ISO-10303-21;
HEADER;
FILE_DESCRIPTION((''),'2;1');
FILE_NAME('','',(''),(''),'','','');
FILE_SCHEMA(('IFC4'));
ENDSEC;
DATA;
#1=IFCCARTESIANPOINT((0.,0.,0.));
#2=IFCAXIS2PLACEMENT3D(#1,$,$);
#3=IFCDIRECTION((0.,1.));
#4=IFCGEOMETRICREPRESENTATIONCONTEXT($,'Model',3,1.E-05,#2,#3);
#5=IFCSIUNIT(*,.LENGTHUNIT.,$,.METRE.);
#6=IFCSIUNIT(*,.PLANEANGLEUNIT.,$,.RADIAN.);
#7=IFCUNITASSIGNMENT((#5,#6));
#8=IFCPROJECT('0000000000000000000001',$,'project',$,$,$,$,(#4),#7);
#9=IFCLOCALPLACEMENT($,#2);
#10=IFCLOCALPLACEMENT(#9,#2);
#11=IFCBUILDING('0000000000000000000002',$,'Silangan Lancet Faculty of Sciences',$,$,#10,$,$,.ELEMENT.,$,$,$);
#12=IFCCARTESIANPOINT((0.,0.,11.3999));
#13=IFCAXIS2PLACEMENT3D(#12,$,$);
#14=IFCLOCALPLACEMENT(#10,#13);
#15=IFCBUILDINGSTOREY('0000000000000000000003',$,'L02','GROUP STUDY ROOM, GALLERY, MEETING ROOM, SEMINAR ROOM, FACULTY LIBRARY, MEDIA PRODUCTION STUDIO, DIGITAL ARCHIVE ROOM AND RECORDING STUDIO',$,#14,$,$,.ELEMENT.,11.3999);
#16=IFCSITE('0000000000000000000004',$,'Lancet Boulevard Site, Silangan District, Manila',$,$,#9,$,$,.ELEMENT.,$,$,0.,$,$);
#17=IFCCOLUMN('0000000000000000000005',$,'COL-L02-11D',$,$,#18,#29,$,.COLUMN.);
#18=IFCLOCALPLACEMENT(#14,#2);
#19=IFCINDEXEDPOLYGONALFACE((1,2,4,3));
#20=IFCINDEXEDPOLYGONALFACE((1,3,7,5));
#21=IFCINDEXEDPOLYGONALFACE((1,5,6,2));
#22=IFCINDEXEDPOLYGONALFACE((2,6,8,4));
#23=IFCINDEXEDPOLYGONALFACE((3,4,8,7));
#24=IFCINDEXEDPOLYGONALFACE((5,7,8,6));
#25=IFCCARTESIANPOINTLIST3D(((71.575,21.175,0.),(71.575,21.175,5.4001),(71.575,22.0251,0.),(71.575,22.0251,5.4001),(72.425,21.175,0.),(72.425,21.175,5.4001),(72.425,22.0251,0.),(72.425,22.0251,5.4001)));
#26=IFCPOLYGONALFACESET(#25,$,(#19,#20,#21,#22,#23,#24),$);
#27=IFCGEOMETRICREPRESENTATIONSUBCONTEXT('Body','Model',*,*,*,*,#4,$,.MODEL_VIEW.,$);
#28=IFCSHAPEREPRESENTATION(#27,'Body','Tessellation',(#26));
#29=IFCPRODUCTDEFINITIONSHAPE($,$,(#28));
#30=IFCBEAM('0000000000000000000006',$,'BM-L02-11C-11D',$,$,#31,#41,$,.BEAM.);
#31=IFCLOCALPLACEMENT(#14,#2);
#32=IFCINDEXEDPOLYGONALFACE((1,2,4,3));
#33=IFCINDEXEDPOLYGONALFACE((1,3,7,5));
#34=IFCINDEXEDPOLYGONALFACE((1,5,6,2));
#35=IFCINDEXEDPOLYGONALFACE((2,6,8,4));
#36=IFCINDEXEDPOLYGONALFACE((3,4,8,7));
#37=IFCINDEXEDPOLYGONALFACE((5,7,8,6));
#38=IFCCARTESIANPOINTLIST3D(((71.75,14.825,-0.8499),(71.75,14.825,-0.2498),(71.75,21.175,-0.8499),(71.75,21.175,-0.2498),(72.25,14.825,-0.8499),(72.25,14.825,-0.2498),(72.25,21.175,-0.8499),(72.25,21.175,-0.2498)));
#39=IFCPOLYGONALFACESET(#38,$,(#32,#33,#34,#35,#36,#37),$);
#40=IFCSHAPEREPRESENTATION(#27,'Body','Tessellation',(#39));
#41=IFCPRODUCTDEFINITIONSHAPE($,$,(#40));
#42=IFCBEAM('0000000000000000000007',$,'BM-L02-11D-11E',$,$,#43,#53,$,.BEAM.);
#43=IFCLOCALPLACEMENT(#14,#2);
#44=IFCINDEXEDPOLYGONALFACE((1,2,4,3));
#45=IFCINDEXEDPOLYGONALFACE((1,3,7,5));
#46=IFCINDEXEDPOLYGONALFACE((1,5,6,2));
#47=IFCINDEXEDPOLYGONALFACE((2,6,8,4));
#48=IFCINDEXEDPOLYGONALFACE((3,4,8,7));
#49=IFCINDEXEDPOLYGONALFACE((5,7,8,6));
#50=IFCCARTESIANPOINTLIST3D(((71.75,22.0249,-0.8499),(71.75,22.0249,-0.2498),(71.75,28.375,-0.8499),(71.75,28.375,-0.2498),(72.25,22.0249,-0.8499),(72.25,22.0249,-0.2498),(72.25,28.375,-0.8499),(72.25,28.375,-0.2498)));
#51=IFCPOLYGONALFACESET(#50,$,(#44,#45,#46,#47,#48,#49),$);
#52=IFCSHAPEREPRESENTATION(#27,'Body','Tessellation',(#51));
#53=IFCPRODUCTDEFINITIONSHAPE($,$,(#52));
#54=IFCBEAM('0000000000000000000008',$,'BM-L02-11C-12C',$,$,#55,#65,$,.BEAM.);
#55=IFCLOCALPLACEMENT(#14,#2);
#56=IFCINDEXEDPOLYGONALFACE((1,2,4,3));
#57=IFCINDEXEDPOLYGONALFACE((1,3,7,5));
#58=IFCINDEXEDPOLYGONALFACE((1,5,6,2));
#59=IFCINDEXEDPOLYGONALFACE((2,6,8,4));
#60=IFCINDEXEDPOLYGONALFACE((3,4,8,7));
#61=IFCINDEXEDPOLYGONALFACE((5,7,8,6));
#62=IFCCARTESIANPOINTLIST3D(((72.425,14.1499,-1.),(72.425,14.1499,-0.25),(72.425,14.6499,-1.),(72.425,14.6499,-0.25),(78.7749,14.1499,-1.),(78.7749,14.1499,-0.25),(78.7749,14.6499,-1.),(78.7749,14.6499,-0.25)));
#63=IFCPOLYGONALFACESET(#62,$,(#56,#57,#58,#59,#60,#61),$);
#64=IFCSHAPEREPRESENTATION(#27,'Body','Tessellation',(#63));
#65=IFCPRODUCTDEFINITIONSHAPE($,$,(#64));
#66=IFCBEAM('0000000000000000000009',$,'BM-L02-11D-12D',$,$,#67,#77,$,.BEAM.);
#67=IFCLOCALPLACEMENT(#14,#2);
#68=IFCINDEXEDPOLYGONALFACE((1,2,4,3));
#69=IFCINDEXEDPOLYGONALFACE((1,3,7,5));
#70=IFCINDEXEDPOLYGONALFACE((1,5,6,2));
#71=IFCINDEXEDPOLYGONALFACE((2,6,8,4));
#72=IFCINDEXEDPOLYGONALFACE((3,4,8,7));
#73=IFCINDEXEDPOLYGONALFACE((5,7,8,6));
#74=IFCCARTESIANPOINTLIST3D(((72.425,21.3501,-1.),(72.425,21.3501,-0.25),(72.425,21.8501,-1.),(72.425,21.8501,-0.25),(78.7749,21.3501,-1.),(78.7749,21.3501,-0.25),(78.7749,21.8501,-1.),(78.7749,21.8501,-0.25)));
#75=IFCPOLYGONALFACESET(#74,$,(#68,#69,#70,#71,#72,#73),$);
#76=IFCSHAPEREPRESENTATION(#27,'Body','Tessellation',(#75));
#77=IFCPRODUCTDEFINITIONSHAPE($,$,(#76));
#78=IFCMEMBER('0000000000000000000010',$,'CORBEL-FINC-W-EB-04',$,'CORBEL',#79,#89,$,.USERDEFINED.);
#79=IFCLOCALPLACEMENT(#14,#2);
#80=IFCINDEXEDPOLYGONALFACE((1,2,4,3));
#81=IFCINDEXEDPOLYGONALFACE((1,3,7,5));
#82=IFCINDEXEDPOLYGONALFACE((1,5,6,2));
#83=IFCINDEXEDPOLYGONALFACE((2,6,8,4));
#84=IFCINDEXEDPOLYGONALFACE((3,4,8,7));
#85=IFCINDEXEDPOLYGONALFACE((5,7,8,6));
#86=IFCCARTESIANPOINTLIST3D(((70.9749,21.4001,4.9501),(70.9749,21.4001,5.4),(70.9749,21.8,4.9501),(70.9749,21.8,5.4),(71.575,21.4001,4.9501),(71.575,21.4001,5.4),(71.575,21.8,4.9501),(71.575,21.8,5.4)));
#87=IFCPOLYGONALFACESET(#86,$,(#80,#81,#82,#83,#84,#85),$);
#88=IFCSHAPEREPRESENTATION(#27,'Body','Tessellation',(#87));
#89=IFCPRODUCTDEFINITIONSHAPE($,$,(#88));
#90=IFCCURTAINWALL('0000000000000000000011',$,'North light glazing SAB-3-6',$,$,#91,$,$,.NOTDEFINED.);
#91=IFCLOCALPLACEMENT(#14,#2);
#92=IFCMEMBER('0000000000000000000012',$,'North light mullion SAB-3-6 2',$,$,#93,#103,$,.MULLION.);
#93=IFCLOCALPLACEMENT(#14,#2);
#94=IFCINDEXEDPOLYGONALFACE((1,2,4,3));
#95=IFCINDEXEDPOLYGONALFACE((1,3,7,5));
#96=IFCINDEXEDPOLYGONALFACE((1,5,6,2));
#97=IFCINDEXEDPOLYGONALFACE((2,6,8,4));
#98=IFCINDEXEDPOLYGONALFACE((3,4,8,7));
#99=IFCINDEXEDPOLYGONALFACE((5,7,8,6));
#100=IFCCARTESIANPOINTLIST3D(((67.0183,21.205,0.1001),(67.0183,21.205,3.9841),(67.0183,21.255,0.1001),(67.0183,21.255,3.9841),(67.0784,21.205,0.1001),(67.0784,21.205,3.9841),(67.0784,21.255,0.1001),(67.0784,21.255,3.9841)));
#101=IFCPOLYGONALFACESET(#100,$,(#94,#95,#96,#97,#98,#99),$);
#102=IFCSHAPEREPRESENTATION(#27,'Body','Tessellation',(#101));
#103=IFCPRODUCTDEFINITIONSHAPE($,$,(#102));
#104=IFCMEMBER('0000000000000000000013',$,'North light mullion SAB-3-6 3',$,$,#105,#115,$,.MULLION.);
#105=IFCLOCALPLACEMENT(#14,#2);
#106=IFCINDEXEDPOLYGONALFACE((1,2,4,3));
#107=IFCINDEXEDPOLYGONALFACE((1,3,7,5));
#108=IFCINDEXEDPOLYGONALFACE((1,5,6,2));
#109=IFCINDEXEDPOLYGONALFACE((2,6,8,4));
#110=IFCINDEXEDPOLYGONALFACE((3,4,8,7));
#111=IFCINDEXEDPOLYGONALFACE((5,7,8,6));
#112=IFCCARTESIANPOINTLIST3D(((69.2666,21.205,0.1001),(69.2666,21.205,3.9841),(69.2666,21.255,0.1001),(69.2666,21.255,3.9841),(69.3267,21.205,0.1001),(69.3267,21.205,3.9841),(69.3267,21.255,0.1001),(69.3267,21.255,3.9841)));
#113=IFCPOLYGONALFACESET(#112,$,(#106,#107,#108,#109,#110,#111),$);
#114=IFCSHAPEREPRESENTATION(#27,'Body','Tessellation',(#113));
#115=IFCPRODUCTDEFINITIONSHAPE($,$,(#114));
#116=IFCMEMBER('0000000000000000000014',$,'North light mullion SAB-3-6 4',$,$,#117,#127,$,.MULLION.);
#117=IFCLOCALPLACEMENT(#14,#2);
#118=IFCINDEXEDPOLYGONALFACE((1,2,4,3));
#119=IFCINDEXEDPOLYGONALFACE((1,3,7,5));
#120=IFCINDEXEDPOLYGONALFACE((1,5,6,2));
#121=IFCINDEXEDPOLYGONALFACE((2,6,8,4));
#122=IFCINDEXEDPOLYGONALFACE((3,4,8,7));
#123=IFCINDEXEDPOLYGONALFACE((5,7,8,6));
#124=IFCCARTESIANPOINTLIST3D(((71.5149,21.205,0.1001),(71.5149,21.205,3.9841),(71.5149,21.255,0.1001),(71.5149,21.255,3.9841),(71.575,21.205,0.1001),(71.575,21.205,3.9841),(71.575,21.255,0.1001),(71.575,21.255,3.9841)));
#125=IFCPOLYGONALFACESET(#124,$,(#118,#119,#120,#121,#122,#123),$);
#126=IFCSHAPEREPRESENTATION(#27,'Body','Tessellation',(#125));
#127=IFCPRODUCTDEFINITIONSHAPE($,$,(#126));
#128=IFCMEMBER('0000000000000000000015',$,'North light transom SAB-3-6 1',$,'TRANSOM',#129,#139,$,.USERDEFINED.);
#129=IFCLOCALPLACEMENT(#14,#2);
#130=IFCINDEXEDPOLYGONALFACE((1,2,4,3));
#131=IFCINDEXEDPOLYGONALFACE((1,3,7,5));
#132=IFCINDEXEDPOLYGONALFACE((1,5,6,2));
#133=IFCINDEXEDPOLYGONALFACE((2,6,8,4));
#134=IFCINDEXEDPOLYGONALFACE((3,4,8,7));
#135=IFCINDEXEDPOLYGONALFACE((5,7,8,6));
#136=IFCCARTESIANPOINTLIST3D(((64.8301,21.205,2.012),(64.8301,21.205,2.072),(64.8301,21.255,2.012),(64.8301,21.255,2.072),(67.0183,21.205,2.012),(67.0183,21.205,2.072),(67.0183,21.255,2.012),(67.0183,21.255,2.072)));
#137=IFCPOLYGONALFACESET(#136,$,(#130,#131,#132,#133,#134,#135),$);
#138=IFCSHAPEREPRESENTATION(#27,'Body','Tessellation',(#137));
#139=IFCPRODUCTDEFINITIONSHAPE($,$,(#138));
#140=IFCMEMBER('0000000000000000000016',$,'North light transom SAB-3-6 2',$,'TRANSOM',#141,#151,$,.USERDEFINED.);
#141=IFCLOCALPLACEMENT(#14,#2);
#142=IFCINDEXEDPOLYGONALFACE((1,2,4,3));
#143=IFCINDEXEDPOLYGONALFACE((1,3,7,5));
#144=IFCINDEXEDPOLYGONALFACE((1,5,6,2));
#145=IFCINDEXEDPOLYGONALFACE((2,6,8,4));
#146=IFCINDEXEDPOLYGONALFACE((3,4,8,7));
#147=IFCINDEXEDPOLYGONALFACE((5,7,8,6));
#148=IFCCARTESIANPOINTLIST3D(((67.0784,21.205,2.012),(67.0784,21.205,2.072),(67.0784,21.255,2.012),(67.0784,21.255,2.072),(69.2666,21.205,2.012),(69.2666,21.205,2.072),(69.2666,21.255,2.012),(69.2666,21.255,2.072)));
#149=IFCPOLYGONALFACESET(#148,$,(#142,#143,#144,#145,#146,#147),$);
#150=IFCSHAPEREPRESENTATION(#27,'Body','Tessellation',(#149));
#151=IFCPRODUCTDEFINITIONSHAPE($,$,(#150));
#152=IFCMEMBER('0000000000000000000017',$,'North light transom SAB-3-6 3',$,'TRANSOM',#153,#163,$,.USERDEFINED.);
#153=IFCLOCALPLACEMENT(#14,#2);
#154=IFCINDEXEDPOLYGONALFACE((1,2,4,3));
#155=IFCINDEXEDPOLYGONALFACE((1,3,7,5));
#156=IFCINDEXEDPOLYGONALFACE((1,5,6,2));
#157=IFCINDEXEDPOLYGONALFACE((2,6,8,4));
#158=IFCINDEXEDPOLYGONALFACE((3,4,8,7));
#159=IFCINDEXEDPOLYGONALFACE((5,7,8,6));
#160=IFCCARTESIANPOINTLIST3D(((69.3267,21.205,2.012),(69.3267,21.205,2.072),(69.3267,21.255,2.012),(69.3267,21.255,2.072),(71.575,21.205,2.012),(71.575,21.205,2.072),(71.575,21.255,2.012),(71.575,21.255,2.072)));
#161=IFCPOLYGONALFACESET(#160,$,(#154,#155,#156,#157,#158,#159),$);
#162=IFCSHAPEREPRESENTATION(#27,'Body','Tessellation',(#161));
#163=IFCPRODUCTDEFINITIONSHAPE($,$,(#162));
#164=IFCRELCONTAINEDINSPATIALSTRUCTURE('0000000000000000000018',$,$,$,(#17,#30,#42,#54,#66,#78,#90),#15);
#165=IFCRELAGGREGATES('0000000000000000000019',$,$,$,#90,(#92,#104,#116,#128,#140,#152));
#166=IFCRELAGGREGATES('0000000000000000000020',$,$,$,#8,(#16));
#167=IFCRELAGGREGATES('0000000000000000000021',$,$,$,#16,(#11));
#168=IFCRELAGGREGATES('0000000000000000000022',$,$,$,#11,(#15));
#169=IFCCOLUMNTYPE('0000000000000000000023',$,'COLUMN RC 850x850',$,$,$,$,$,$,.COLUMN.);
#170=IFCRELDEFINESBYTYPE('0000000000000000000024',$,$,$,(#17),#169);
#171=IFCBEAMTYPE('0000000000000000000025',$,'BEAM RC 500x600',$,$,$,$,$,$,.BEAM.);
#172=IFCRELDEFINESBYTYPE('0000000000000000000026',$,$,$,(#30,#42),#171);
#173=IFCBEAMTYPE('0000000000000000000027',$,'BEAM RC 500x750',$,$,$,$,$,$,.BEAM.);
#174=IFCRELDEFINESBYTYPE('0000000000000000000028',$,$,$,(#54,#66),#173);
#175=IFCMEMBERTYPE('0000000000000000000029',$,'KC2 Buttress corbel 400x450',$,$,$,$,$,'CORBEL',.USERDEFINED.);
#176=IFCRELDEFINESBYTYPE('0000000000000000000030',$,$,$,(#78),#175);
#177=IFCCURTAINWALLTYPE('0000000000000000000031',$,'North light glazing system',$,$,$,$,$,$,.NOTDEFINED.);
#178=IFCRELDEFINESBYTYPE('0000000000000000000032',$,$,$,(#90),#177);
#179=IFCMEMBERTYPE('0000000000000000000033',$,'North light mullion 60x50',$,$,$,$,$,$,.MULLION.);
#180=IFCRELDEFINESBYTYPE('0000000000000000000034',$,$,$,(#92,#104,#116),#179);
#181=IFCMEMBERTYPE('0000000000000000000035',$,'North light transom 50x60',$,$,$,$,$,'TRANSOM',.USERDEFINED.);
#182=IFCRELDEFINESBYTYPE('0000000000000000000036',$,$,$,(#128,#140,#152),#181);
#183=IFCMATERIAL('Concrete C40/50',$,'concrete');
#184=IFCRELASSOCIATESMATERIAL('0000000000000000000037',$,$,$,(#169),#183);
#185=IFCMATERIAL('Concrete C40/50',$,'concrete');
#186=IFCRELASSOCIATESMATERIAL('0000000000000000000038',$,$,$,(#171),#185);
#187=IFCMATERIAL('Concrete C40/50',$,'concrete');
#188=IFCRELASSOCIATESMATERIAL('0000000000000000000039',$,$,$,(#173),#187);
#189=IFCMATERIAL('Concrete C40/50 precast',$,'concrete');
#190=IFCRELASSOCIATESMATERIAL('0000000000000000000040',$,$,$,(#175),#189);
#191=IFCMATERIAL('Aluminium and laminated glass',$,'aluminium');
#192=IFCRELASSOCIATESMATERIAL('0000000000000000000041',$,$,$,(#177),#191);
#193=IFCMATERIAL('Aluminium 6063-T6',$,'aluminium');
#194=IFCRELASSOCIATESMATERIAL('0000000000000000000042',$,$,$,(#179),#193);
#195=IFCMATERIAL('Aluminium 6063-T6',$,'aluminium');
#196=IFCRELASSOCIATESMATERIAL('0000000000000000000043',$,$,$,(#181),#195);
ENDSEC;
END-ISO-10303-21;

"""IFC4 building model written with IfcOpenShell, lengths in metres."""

from ifc_helpers import new_model, si_unit, direction, frame, origin, origin_2d, place, context, subcontext, project, spatial, rectangle, extrude, material, material_profile, profile_set, type_object, element, aggregate, save


model = new_model("IFC4")

# Units and contexts
model_context = context("Model", 3, precision=1e-05, world=origin(), true_north=direction((0.0, 1.0)))
body_context = subcontext(model_context, "Body", "Model", "MODEL_VIEW")
ifc_project = project(units=[si_unit("LENGTHUNIT", "METRE"), si_unit("PLANEANGLEUNIT", "RADIAN")], contexts=[model_context])

# Site, building, storey
site_placement = place(None, origin())
site = spatial("IfcSite", under=ifc_project, at=site_placement, Name="Lancet Boulevard Site, Silangan District, Manila", CompositionType="ELEMENT", RefElevation=0.0)
building_placement = place(site_placement, origin())
building = spatial("IfcBuilding", under=site, at=building_placement, Name="Silangan Lancet Faculty of Sciences", CompositionType="ELEMENT")
storey_placement = place(building_placement, frame((0.0, 0.0, 11.3999)))
storey = spatial("IfcBuildingStorey", under=building, at=storey_placement, Name="L02", Description="GROUP STUDY ROOM, GALLERY, MEETING ROOM, SEMINAR ROOM, FACULTY LIBRARY, MEDIA PRODUCTION STUDIO, DIGITAL ARCHIVE ROOM AND RECORDING STUDIO", CompositionType="ELEMENT", Elevation=11.3999)

# Column
ifc_material_1 = material(Name="Concrete C40/50", Category="concrete")
ifc_material_profile_1 = material_profile(ifc_material_1, rectangle(XDim=0.8501, YDim=0.8501, at=origin_2d()), Name="RC 850x850")
ifc_profile_set_1 = profile_set([ifc_material_profile_1], Name="Concrete C40/50")
column_type = type_object("IfcColumnType", Name="COLUMN RC 850x850", PredefinedType="COLUMN", material=ifc_profile_set_1)
column_placement = place(storey_placement, frame((72.0, 21.6001, 0.0), z_axis=(0.0, 0.0, 1.0), x_axis=(1.0, 0.0, 0.0)))
element("IfcColumn", 1, at=column_placement, inside=storey, type_object=column_type, Name="COL-L02-11D", PredefinedType="COLUMN", context=body_context, shape_type="SweptSolid", body=[
    extrude(rectangle(XDim=0.8501, YDim=0.8501, at=origin_2d()), origin(), (0.0, 0.0, 1.0), 5.4001),
])

# Beams
ifc_material_2 = material(Name="Concrete C40/50", Category="concrete")
ifc_material_profile_2 = material_profile(ifc_material_2, rectangle(XDim=0.5, YDim=0.6001, at=origin_2d()), Name="RC 500x600")
ifc_profile_set_2 = profile_set([ifc_material_profile_2], Name="Concrete C40/50")
beam_type_1 = type_object("IfcBeamType", Name="BEAM RC 500x600", PredefinedType="BEAM", material=ifc_profile_set_2)
for number, where, z_axis, x_axis, name in (
    (2, (72.0, 14.825, -0.5498), (0.0, 1.0, 0.0), (-1.0, 0.0, 0.0), "BM-L02-11C-11D"),
    (3, (72.0, 22.0249, -0.5498), (0.0, 1.0, 0.0), (-1.0, 0.0, 0.0), "BM-L02-11D-11E"),
):
    element("IfcBeam", number, at=place(storey_placement, frame(where, z_axis=z_axis, x_axis=x_axis)), inside=storey, type_object=beam_type_1, Name=name, PredefinedType="BEAM", context=body_context, shape_type="SweptSolid", body=[
        extrude(rectangle(XDim=0.5, YDim=0.6001, at=origin_2d()), origin(), (0.0, 0.0, 1.0), 6.3501),
    ])
ifc_material_3 = material(Name="Concrete C40/50", Category="concrete")
ifc_material_profile_3 = material_profile(ifc_material_3, rectangle(XDim=0.5, YDim=0.75, at=origin_2d()), Name="RC 500x750")
ifc_profile_set_3 = profile_set([ifc_material_profile_3], Name="Concrete C40/50")
beam_type_2 = type_object("IfcBeamType", Name="BEAM RC 500x750", PredefinedType="BEAM", material=ifc_profile_set_3)
for number, where, z_axis, x_axis, name in (
    (4, (72.425, 14.3999, -0.625), (1.0, 0.0, 0.0), (0.0, 1.0, 0.0), "BM-L02-11C-12C"),
    (5, (72.425, 21.6001, -0.625), (1.0, 0.0, 0.0), (0.0, 1.0, 0.0), "BM-L02-11D-12D"),
):
    element("IfcBeam", number, at=place(storey_placement, frame(where, z_axis=z_axis, x_axis=x_axis)), inside=storey, type_object=beam_type_2, Name=name, PredefinedType="BEAM", context=body_context, shape_type="SweptSolid", body=[
        extrude(rectangle(XDim=0.5, YDim=0.75, at=origin_2d()), origin(), (0.0, 0.0, 1.0), 6.3499),
    ])

# Member
ifc_material_4 = material(Name="Concrete C40/50 precast", Category="concrete")
ifc_material_profile_4 = material_profile(ifc_material_4, rectangle(XDim=0.3999, YDim=0.45, at=origin_2d()), Name="RC 400x450")
ifc_profile_set_4 = profile_set([ifc_material_profile_4], Name="Concrete C40/50 precast")
member_type_1 = type_object("IfcMemberType", Name="KC2 Buttress corbel 400x450", ElementType="CORBEL", PredefinedType="USERDEFINED", material=ifc_profile_set_4)
member_1_placement = place(storey_placement, frame((71.575, 21.6001, 5.175), z_axis=(-1.0, 0.0, 0.0), x_axis=(0.0, -1.0, 0.0)))
element("IfcMember", 6, at=member_1_placement, inside=storey, type_object=member_type_1, Name="CORBEL-FINC-W-EB-04", ObjectType="CORBEL", PredefinedType="USERDEFINED", context=body_context, shape_type="SweptSolid", body=[
    extrude(rectangle(XDim=0.3999, YDim=0.45, at=origin_2d()), origin(), (0.0, 0.0, 1.0), 0.6001),
])

# Curtain wall, members
ifc_material_5 = material(Name="Aluminium and laminated glass", Category="aluminium")
curtain_wall_type = type_object("IfcCurtainWallType", Name="North light glazing system", PredefinedType="NOTDEFINED", material=ifc_material_5)
curtain_wall_placement = place(storey_placement, origin())
curtain_wall = element("IfcCurtainWall", 7, at=curtain_wall_placement, inside=storey, type_object=curtain_wall_type, Name="North light glazing SAB-3-6", PredefinedType="NOTDEFINED")
ifc_material_6 = material(Name="Aluminium 6063-T6", Category="aluminium")
ifc_material_profile_5 = material_profile(ifc_material_6, rectangle(XDim=0.0601, YDim=0.05, at=origin_2d()), Name="AL 60x50")
ifc_profile_set_5 = profile_set([ifc_material_profile_5], Name="Aluminium 6063-T6")
member_type_2 = type_object("IfcMemberType", Name="North light mullion 60x50", PredefinedType="MULLION", material=ifc_profile_set_5)
member_2_placement = place(storey_placement, frame((67.0483, 21.23, 0.1001), z_axis=(0.0, 0.0, 1.0), x_axis=(1.0, 0.0, 0.0)))
member_2 = element("IfcMember", 8, at=member_2_placement, type_object=member_type_2, Name="North light mullion SAB-3-6 2", PredefinedType="MULLION", context=body_context, shape_type="SweptSolid", body=[
    extrude(rectangle(XDim=0.0601, YDim=0.05, at=origin_2d()), origin(), (0.0, 0.0, 1.0), 3.884),
])
member_3_placement = place(storey_placement, frame((69.2966, 21.23, 0.1001), z_axis=(0.0, 0.0, 1.0), x_axis=(1.0, 0.0, 0.0)))
member_3 = element("IfcMember", 9, at=member_3_placement, type_object=member_type_2, Name="North light mullion SAB-3-6 3", PredefinedType="MULLION", context=body_context, shape_type="SweptSolid", body=[
    extrude(rectangle(XDim=0.0601, YDim=0.05, at=origin_2d()), origin(), (0.0, 0.0, 1.0), 3.884),
])
member_4_placement = place(storey_placement, frame((71.5449, 21.23, 0.1001), z_axis=(0.0, 0.0, 1.0), x_axis=(1.0, 0.0, 0.0)))
member_4 = element("IfcMember", 10, at=member_4_placement, type_object=member_type_2, Name="North light mullion SAB-3-6 4", PredefinedType="MULLION", context=body_context, shape_type="SweptSolid", body=[
    extrude(rectangle(XDim=0.0601, YDim=0.05, at=origin_2d()), origin(), (0.0, 0.0, 1.0), 3.884),
])
ifc_material_7 = material(Name="Aluminium 6063-T6", Category="aluminium")
ifc_material_profile_6 = material_profile(ifc_material_7, rectangle(XDim=0.05, YDim=0.0601, at=origin_2d()), Name="AL 50x60")
ifc_profile_set_6 = profile_set([ifc_material_profile_6], Name="Aluminium 6063-T6")
member_type_3 = type_object("IfcMemberType", Name="North light transom 50x60", ElementType="TRANSOM", PredefinedType="USERDEFINED", material=ifc_profile_set_6)
member_5_placement = place(storey_placement, frame((64.8301, 21.23, 2.042), z_axis=(1.0, 0.0, 0.0), x_axis=(0.0, 1.0, 0.0)))
member_5 = element("IfcMember", 11, at=member_5_placement, type_object=member_type_3, Name="North light transom SAB-3-6 1", ObjectType="TRANSOM", PredefinedType="USERDEFINED", context=body_context, shape_type="SweptSolid", body=[
    extrude(rectangle(XDim=0.05, YDim=0.0601, at=origin_2d()), origin(), (0.0, 0.0, 1.0), 2.1882),
])
member_6_placement = place(storey_placement, frame((67.0784, 21.23, 2.042), z_axis=(1.0, 0.0, 0.0), x_axis=(0.0, 1.0, 0.0)))
member_6 = element("IfcMember", 12, at=member_6_placement, type_object=member_type_3, Name="North light transom SAB-3-6 2", ObjectType="TRANSOM", PredefinedType="USERDEFINED", context=body_context, shape_type="SweptSolid", body=[
    extrude(rectangle(XDim=0.05, YDim=0.0601, at=origin_2d()), origin(), (0.0, 0.0, 1.0), 2.1882),
])
member_7_placement = place(storey_placement, frame((69.3267, 21.23, 2.042), z_axis=(1.0, 0.0, 0.0), x_axis=(0.0, 1.0, 0.0)))
member_7 = element("IfcMember", 13, at=member_7_placement, type_object=member_type_3, Name="North light transom SAB-3-6 3", ObjectType="TRANSOM", PredefinedType="USERDEFINED", context=body_context, shape_type="SweptSolid", body=[
    extrude(rectangle(XDim=0.05, YDim=0.0601, at=origin_2d()), origin(), (0.0, 0.0, 1.0), 2.2483),
])

aggregate(curtain_wall, [member_2, member_3, member_4, member_5, member_6, member_7])

save(model, "model.ifc")
